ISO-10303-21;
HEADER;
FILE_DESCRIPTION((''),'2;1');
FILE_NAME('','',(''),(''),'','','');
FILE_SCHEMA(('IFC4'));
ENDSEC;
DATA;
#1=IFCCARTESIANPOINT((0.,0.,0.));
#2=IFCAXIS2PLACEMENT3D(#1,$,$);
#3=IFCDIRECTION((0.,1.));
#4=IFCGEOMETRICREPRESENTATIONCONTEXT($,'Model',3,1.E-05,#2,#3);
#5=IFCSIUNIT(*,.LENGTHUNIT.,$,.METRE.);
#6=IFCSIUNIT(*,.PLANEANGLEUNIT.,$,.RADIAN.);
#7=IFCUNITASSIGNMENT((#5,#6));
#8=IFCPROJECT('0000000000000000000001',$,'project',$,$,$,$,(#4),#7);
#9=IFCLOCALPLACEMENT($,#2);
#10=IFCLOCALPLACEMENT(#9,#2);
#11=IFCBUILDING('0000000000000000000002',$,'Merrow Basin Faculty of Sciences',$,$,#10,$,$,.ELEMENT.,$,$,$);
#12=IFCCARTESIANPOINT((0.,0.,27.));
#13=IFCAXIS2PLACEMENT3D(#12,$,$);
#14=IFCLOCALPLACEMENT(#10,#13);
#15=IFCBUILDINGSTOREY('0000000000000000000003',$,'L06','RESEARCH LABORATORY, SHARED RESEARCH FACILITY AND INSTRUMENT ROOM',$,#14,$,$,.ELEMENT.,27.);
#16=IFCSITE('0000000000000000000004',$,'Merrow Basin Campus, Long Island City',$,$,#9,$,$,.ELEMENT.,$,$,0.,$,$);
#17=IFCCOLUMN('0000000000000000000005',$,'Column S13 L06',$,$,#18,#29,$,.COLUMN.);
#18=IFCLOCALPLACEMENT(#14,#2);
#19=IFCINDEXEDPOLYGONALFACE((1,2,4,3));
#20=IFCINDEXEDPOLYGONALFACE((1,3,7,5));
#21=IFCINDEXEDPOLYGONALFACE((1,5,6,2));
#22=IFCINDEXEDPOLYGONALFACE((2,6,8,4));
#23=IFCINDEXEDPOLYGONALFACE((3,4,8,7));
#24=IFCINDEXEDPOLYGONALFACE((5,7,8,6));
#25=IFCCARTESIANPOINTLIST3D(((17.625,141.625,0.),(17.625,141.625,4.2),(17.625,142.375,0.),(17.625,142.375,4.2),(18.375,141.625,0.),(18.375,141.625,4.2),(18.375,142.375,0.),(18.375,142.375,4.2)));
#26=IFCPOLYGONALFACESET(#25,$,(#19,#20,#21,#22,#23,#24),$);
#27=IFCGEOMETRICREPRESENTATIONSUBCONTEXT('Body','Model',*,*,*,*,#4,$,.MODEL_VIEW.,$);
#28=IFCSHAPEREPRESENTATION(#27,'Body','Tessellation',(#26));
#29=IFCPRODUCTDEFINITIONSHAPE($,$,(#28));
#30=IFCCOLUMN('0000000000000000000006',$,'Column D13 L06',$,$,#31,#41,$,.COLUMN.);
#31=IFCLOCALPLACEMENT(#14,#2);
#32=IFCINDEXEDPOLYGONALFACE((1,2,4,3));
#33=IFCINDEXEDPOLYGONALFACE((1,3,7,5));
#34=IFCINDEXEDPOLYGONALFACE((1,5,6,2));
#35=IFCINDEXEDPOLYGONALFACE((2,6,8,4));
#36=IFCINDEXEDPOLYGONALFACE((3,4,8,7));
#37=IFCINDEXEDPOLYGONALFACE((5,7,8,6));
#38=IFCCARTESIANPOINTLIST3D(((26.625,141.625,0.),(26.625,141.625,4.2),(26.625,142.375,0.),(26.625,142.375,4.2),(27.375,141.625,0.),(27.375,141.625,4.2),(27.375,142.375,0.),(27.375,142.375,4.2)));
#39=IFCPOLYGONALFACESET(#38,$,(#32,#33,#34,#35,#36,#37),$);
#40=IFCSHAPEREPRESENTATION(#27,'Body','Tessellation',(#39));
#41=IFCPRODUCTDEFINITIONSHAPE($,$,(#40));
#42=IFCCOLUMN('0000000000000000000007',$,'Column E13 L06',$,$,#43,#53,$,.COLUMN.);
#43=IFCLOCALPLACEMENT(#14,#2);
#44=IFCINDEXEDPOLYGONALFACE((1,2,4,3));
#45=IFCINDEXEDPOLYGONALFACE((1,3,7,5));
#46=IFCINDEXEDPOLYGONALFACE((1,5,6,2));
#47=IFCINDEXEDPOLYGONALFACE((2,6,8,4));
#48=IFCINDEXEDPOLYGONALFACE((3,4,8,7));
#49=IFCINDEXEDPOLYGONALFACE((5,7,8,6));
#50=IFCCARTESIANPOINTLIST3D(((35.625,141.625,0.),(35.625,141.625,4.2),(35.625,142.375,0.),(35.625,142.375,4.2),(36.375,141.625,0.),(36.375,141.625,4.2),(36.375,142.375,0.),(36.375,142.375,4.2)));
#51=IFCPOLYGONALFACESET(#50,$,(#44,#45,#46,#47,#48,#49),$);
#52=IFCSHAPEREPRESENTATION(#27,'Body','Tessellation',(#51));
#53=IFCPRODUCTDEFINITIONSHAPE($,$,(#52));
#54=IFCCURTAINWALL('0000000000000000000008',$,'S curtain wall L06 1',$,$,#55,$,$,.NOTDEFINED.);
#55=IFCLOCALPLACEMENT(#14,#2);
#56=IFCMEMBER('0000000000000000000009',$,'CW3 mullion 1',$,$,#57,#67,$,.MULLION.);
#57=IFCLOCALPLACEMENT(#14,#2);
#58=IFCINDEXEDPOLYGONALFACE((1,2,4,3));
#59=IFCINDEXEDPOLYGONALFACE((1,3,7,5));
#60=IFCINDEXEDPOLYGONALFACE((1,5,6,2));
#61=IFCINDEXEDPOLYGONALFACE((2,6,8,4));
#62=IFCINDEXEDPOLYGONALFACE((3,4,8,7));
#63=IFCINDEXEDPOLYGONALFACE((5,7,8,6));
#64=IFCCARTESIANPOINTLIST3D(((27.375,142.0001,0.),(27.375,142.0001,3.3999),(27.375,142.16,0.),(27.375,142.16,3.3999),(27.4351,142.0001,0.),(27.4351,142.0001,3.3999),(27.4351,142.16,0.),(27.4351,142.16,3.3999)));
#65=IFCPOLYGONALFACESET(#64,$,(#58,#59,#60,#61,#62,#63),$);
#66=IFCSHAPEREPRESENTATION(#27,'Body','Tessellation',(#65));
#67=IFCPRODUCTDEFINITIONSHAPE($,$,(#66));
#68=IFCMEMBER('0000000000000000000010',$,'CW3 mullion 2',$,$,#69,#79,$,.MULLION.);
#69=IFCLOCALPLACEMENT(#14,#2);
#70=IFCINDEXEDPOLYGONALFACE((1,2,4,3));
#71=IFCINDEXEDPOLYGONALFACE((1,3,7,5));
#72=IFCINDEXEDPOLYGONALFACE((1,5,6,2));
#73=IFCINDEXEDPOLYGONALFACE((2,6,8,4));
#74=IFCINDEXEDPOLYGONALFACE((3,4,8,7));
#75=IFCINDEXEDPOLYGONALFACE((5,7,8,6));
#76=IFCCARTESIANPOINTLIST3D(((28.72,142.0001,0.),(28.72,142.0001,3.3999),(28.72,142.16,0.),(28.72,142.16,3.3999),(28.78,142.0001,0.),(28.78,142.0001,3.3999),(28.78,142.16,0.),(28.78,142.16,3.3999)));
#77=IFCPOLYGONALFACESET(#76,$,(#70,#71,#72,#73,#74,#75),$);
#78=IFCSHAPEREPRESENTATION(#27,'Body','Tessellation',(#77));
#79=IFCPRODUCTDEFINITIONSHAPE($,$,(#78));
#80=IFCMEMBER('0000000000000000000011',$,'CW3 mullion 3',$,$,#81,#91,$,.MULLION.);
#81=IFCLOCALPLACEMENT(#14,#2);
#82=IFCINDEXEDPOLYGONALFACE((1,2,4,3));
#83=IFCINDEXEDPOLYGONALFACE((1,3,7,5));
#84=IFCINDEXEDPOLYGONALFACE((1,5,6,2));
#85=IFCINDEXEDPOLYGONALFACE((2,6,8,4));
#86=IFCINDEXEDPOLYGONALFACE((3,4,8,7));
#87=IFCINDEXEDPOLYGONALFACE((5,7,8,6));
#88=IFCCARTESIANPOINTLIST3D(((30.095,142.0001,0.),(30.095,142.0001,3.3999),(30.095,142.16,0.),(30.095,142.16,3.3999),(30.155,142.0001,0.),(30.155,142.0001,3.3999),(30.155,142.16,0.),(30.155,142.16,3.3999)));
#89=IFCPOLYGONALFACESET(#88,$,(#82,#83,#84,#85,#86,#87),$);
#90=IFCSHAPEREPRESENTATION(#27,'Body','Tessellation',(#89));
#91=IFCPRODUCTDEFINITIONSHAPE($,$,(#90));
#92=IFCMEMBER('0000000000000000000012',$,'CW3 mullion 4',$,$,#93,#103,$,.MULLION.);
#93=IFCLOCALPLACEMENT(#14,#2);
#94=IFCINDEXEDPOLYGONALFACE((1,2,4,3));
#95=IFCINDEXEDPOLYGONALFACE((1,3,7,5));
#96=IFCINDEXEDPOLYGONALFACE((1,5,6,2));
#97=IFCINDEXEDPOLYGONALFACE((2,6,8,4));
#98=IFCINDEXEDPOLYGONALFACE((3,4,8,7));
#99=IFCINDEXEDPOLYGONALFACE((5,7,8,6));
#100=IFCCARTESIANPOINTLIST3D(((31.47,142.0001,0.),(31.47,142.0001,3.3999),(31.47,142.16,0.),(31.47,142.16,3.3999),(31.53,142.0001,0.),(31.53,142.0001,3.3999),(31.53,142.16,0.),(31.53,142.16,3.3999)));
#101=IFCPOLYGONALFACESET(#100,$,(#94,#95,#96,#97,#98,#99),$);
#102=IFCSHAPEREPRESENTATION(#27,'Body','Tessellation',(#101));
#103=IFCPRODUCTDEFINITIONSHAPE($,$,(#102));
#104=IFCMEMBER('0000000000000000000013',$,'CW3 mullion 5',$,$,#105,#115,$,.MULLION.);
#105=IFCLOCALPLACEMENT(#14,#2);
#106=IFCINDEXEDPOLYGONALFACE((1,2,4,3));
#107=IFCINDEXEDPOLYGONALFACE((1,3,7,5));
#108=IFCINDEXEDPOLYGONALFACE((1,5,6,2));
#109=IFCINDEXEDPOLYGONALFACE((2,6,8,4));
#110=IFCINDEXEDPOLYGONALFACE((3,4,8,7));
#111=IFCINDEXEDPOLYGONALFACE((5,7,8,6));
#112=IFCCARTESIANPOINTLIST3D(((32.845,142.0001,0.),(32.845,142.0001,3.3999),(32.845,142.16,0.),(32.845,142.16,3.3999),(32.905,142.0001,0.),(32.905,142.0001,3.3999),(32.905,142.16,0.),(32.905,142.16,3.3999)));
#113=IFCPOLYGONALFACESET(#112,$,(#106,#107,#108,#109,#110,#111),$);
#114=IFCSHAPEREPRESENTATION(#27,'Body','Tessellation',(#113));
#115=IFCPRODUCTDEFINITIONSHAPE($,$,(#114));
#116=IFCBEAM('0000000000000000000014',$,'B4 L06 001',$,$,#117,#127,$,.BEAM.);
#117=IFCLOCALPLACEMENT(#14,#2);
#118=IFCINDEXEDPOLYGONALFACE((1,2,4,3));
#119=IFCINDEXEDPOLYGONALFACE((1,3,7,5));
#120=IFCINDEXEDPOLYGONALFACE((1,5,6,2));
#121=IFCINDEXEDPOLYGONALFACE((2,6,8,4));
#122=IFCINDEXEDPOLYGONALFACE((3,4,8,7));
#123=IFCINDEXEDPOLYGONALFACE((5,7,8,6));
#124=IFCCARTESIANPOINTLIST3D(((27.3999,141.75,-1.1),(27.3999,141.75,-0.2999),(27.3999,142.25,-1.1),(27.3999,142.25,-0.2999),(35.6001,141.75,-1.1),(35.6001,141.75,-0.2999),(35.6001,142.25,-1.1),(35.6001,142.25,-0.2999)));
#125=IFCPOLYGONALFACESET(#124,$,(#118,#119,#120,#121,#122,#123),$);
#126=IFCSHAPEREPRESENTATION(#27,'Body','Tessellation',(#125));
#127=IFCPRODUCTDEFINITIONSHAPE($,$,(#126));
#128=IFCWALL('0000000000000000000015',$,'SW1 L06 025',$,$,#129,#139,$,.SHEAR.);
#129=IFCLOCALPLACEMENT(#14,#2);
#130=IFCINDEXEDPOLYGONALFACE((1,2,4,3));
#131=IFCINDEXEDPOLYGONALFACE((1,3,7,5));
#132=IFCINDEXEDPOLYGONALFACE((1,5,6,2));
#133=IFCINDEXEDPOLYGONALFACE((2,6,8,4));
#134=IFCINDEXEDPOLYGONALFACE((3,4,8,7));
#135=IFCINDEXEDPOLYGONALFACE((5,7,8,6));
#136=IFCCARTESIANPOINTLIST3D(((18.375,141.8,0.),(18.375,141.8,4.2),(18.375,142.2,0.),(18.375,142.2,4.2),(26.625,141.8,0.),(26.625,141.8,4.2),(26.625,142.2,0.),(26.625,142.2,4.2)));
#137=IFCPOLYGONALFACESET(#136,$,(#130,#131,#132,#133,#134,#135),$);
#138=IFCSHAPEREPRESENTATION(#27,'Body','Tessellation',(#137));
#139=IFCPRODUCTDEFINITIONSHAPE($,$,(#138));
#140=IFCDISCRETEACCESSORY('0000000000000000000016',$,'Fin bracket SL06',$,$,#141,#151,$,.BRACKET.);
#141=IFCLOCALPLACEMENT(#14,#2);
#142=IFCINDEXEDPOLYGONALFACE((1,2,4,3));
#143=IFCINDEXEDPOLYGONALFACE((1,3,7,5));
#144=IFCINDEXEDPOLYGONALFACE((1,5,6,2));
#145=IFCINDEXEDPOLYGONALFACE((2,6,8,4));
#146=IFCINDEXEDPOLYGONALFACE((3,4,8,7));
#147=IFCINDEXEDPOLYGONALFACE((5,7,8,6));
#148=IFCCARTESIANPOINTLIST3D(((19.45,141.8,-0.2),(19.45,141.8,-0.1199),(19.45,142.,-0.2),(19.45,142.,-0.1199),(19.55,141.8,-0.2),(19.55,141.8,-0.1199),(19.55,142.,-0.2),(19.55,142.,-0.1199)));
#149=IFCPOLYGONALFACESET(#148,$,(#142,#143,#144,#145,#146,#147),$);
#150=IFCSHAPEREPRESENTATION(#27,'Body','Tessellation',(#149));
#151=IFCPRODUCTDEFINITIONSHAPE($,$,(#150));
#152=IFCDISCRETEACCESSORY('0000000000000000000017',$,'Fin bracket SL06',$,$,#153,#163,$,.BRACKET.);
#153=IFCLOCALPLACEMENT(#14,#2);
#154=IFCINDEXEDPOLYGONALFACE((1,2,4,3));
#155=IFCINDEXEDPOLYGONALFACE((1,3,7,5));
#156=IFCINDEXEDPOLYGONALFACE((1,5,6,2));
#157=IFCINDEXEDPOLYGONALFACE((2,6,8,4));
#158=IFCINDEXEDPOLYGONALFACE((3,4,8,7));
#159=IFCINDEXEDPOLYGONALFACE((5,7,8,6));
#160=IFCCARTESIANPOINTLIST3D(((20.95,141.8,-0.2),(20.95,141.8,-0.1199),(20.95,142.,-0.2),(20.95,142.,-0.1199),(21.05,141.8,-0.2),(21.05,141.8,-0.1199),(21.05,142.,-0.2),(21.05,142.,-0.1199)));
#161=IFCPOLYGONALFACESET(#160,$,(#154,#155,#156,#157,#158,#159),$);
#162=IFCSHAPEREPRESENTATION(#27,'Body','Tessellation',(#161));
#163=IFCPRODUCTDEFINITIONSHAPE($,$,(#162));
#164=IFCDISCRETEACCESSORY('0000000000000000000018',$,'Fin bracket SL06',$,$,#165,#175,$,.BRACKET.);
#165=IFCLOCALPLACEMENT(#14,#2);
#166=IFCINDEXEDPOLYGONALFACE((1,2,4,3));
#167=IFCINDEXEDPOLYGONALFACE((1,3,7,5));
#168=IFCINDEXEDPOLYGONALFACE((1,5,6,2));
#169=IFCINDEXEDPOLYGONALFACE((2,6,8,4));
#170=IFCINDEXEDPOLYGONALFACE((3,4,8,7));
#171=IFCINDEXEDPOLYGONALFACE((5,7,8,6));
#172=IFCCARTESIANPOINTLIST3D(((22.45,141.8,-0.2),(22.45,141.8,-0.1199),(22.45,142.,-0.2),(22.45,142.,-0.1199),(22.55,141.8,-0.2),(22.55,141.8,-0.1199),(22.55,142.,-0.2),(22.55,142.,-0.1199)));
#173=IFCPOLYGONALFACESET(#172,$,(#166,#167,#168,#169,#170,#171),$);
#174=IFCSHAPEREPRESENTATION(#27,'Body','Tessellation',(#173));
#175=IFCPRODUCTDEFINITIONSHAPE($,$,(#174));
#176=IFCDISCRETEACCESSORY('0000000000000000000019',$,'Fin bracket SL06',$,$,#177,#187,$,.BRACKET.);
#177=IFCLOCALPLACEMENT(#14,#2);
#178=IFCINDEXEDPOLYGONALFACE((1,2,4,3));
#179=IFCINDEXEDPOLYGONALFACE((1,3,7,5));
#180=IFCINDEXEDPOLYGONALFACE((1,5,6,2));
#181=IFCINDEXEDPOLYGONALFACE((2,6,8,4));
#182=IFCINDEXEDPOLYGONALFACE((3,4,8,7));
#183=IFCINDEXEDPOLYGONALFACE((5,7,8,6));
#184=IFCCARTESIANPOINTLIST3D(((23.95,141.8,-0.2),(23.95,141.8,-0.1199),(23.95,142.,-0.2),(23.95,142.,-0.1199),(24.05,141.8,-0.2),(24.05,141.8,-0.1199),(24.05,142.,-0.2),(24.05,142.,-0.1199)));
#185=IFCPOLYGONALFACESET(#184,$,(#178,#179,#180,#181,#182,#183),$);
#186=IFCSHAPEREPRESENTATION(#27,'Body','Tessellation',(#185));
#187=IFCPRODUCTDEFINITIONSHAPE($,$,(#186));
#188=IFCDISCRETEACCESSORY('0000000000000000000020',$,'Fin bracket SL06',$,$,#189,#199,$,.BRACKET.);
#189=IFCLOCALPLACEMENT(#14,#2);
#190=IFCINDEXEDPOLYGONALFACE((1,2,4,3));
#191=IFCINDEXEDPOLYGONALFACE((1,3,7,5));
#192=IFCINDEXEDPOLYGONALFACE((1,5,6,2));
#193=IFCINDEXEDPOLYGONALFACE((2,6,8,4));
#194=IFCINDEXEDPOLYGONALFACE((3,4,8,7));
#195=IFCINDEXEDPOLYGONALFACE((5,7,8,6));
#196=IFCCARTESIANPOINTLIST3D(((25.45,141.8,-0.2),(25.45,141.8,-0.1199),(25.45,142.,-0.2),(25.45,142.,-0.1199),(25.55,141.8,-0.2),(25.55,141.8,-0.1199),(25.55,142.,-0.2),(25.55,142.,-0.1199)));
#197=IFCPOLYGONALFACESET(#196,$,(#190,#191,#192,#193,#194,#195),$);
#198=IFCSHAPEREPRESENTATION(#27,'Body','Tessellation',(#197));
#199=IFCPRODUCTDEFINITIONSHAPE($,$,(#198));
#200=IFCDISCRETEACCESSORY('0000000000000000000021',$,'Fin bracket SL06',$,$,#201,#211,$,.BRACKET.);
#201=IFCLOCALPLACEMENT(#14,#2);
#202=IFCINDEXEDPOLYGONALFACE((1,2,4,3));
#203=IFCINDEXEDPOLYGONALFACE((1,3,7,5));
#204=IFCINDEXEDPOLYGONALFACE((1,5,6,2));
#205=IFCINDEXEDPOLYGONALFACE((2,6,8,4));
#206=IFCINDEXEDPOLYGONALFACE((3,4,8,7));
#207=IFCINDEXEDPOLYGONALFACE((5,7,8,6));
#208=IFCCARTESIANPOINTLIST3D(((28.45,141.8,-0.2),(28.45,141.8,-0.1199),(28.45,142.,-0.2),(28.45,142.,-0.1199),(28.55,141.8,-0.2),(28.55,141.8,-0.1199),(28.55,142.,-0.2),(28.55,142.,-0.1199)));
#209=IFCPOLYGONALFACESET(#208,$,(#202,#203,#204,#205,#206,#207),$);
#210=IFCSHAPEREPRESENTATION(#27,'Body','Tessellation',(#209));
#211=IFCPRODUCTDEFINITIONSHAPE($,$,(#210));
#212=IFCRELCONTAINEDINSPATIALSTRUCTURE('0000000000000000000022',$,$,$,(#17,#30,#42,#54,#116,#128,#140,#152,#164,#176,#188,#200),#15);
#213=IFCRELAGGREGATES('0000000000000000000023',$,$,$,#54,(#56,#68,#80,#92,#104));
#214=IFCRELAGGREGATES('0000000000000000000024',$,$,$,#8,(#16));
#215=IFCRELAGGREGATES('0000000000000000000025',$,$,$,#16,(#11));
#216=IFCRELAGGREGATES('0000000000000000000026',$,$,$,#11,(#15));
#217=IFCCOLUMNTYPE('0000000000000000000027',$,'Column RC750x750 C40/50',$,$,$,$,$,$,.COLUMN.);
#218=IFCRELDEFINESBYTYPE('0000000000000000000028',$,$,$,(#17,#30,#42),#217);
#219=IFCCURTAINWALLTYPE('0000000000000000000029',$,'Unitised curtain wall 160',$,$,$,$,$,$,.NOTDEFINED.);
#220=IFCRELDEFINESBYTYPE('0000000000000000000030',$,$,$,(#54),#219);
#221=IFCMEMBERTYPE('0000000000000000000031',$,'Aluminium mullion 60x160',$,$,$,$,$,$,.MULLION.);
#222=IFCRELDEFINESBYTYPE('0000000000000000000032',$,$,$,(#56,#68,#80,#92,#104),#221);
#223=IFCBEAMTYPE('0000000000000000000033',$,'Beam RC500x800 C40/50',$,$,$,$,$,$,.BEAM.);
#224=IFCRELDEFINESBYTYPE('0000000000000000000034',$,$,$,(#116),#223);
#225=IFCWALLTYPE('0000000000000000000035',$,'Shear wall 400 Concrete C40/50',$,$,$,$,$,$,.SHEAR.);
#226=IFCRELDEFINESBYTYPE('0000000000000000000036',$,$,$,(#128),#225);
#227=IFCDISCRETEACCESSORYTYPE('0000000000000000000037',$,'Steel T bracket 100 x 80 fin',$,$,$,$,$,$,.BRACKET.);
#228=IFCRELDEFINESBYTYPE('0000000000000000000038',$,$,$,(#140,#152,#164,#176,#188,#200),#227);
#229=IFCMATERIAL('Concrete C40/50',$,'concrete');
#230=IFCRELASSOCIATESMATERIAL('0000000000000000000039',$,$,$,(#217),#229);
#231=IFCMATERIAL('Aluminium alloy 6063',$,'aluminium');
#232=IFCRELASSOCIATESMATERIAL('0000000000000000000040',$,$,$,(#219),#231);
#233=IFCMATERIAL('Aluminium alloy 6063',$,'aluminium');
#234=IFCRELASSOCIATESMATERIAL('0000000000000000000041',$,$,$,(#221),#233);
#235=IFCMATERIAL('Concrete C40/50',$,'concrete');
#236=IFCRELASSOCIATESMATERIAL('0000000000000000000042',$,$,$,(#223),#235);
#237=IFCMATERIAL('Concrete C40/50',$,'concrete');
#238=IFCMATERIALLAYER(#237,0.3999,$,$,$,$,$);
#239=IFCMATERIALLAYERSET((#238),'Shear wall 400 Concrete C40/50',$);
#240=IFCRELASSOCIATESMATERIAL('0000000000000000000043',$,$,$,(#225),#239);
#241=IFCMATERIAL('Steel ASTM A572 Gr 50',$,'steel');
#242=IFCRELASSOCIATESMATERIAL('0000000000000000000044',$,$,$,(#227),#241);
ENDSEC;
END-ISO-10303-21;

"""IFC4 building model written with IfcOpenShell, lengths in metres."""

from ifc_helpers import new_model, si_unit, direction, frame, frame_2d, origin, origin_2d, place, context, subcontext, project, spatial, polyline, rectangle, outline, extrude, source, transform, mapped, material, layer, layer_set, material_profile, profile_set, type_object, element, aggregate, save


model = new_model("IFC4")

# Units and contexts
model_context = context("Model", 3, precision=1e-05, world=origin(), true_north=direction((0.0, 1.0)))
body_context = subcontext(model_context, "Body", "Model", "MODEL_VIEW")
ifc_project = project(units=[si_unit("LENGTHUNIT", "METRE"), si_unit("PLANEANGLEUNIT", "RADIAN")], contexts=[model_context])

# Site, building, storey
site_placement = place(None, origin())
site = spatial("IfcSite", under=ifc_project, at=site_placement, Name="Merrow Basin Campus, Long Island City", CompositionType="ELEMENT", RefElevation=0.0)
building_placement = place(site_placement, origin())
building = spatial("IfcBuilding", under=site, at=building_placement, Name="Merrow Basin Faculty of Sciences", CompositionType="ELEMENT")
storey_placement = place(building_placement, frame((0.0, 0.0, 27.0)))
storey = spatial("IfcBuildingStorey", under=building, at=storey_placement, Name="L06", Description="RESEARCH LABORATORY, SHARED RESEARCH FACILITY AND INSTRUMENT ROOM", CompositionType="ELEMENT", Elevation=27.0)

# Columns
ifc_material_1 = material(Name="Concrete C40/50", Category="concrete")
ifc_material_profile_1 = material_profile(ifc_material_1, rectangle(XDim=0.75, YDim=0.75, at=origin_2d()))
ifc_profile_set_1 = profile_set([ifc_material_profile_1], Name="Concrete C40/50")
column_type = type_object("IfcColumnType", Name="Column RC750x750 C40/50", PredefinedType="COLUMN", material=ifc_profile_set_1)
for number, where, z_axis, x_axis, name in (
    (1, (18.0, 142.0, 0.0), (0.0, 0.0, 1.0), (1.0, 0.0, 0.0), "Column S13 L06"),
    (2, (27.0, 142.0, 0.0), (0.0, 0.0, 1.0), (1.0, 0.0, 0.0), "Column D13 L06"),
    (3, (36.0, 142.0, 0.0), (0.0, 0.0, 1.0), (1.0, 0.0, 0.0), "Column E13 L06"),
):
    element("IfcColumn", number, at=place(storey_placement, frame(where, z_axis=z_axis, x_axis=x_axis)), inside=storey, type_object=column_type, Name=name, PredefinedType="COLUMN", context=body_context, shape_type="SweptSolid", body=[
        extrude(rectangle(XDim=0.75, YDim=0.75, at=origin_2d()), origin(), (0.0, 0.0, 1.0), 4.2),
    ])

# Curtain wall, members
ifc_material_2 = material(Name="Aluminium alloy 6063", Category="aluminium")
curtain_wall_type = type_object("IfcCurtainWallType", Name="Unitised curtain wall 160", PredefinedType="NOTDEFINED", material=ifc_material_2)
curtain_wall_placement = place(storey_placement, origin())
curtain_wall = element("IfcCurtainWall", 4, at=curtain_wall_placement, inside=storey, type_object=curtain_wall_type, Name="S curtain wall L06 1", PredefinedType="NOTDEFINED")
ifc_material_3 = material(Name="Aluminium alloy 6063", Category="aluminium")
ifc_material_profile_2 = material_profile(ifc_material_3, rectangle(XDim=0.1599, YDim=0.0601, at=origin_2d()))
ifc_profile_set_2 = profile_set([ifc_material_profile_2], Name="Aluminium alloy 6063")
member_type = type_object("IfcMemberType", Name="Aluminium mullion 60x160", PredefinedType="MULLION", material=ifc_profile_set_2)
member_1_placement = place(storey_placement, frame((27.405, 142.0801, 0.0), z_axis=(0.0, 0.0, 1.0), x_axis=(0.0, 1.0, 0.0)))
member_1 = element("IfcMember", 5, at=member_1_placement, type_object=member_type, Name="CW3 mullion 1", PredefinedType="MULLION", context=body_context, shape_type="SweptSolid", body=[
    extrude(rectangle(XDim=0.1599, YDim=0.0601, at=origin_2d()), origin(), (0.0, 0.0, 1.0), 3.3999),
])
member_2_placement = place(storey_placement, frame((28.75, 142.0801, 0.0), z_axis=(0.0, 0.0, 1.0), x_axis=(0.0, 1.0, 0.0)))
member_2 = element("IfcMember", 6, at=member_2_placement, type_object=member_type, Name="CW3 mullion 2", PredefinedType="MULLION", context=body_context, shape_type="SweptSolid", body=[
    extrude(rectangle(XDim=0.1599, YDim=0.0601, at=origin_2d()), origin(), (0.0, 0.0, 1.0), 3.3999),
])
member_3_placement = place(storey_placement, frame((30.125, 142.0801, 0.0), z_axis=(0.0, 0.0, 1.0), x_axis=(0.0, 1.0, 0.0)))
member_3 = element("IfcMember", 7, at=member_3_placement, type_object=member_type, Name="CW3 mullion 3", PredefinedType="MULLION", context=body_context, shape_type="SweptSolid", body=[
    extrude(rectangle(XDim=0.1599, YDim=0.0601, at=origin_2d()), origin(), (0.0, 0.0, 1.0), 3.3999),
])
member_4_placement = place(storey_placement, frame((31.5, 142.0801, 0.0), z_axis=(0.0, 0.0, 1.0), x_axis=(0.0, 1.0, 0.0)))
member_4 = element("IfcMember", 8, at=member_4_placement, type_object=member_type, Name="CW3 mullion 4", PredefinedType="MULLION", context=body_context, shape_type="SweptSolid", body=[
    extrude(rectangle(XDim=0.1599, YDim=0.0601, at=origin_2d()), origin(), (0.0, 0.0, 1.0), 3.3999),
])
member_5_placement = place(storey_placement, frame((32.875, 142.0801, 0.0), z_axis=(0.0, 0.0, 1.0), x_axis=(0.0, 1.0, 0.0)))
member_5 = element("IfcMember", 9, at=member_5_placement, type_object=member_type, Name="CW3 mullion 5", PredefinedType="MULLION", context=body_context, shape_type="SweptSolid", body=[
    extrude(rectangle(XDim=0.1599, YDim=0.0601, at=origin_2d()), origin(), (0.0, 0.0, 1.0), 3.3999),
])
aggregate(curtain_wall, [member_1, member_2, member_3, member_4, member_5])

# Beam
ifc_material_4 = material(Name="Concrete C40/50", Category="concrete")
ifc_material_profile_3 = material_profile(ifc_material_4, rectangle(XDim=0.5, YDim=0.8, at=origin_2d()))
ifc_profile_set_3 = profile_set([ifc_material_profile_3], Name="Concrete C40/50")
beam_type = type_object("IfcBeamType", Name="Beam RC500x800 C40/50", PredefinedType="BEAM", material=ifc_profile_set_3)
beam_placement = place(storey_placement, frame((27.3999, 142.0, -0.7), z_axis=(1.0, 0.0, 0.0), x_axis=(0.0, 1.0, 0.0)))
element("IfcBeam", 10, at=beam_placement, inside=storey, type_object=beam_type, Name="B4 L06 001", PredefinedType="BEAM", context=body_context, shape_type="SweptSolid", body=[
    extrude(rectangle(XDim=0.5, YDim=0.8, at=origin_2d()), origin(), (0.0, 0.0, 1.0), 8.2002),
])

# Wall
ifc_material_5 = material(Name="Concrete C40/50", Category="concrete")
ifc_layer = layer(ifc_material_5, 0.3999)
ifc_layer_set = layer_set([ifc_layer], Name="Shear wall 400 Concrete C40/50")
wall_type = type_object("IfcWallType", Name="Shear wall 400 Concrete C40/50", PredefinedType="SHEAR", material=ifc_layer_set)
wall_placement = place(storey_placement, frame((18.375, 142.0, 0.0), z_axis=(0.0, 0.0, 1.0), x_axis=(1.0, 0.0, 0.0)))
element("IfcWall", 11, at=wall_placement, inside=storey, type_object=wall_type, Name="SW1 L06 025", PredefinedType="SHEAR", context=body_context, shape_type="SweptSolid", body=[
    extrude(rectangle(XDim=8.25, YDim=0.3999, at=frame_2d((4.125, 0.0))), origin(), (0.0, 0.0, 1.0), 4.2),
])

# Discrete accessories
ifc_material_6 = material(Name="Steel ASTM A572 Gr 50", Category="steel")
discrete_accessory_type = type_object("IfcDiscreteAccessoryType", Name="Steel T bracket 100 x 80 fin", PredefinedType="BRACKET", material=ifc_material_6)
shared_shape = source(origin(), body_context, "Body", "SweptSolid", [
    extrude(outline(polyline([(0.0, 0.0), (0.1001, 0.0), (0.1001, 0.0801), (0.0, 0.0801), (0.0, 0.0)])), origin(), (0.0, 0.0, 1.0), 0.2),
])
for number, where, z_axis, x_axis, name in (
    (12, (19.45, 142.0, -0.2), (0.0, -1.0, 0.0), (1.0, 0.0, 0.0), "Fin bracket SL06"),
    (13, (20.95, 142.0, -0.2), (0.0, -1.0, 0.0), (1.0, 0.0, 0.0), "Fin bracket SL06"),
    (14, (22.45, 142.0, -0.2), (0.0, -1.0, 0.0), (1.0, 0.0, 0.0), "Fin bracket SL06"),
    (15, (23.95, 142.0, -0.2), (0.0, -1.0, 0.0), (1.0, 0.0, 0.0), "Fin bracket SL06"),
    (16, (25.45, 142.0, -0.2), (0.0, -1.0, 0.0), (1.0, 0.0, 0.0), "Fin bracket SL06"),
    (17, (28.45, 142.0, -0.2), (0.0, -1.0, 0.0), (1.0, 0.0, 0.0), "Fin bracket SL06"),
):
    element("IfcDiscreteAccessory", number, at=place(storey_placement, frame(where, z_axis=z_axis, x_axis=x_axis)), inside=storey, type_object=discrete_accessory_type, Name=name, PredefinedType="BRACKET", context=body_context, shape_type="MappedRepresentation", body=[
        mapped(shared_shape, transform((0.0, 0.0, 0.0), scale=1.0)),
    ])

save(model, "model.ifc")
